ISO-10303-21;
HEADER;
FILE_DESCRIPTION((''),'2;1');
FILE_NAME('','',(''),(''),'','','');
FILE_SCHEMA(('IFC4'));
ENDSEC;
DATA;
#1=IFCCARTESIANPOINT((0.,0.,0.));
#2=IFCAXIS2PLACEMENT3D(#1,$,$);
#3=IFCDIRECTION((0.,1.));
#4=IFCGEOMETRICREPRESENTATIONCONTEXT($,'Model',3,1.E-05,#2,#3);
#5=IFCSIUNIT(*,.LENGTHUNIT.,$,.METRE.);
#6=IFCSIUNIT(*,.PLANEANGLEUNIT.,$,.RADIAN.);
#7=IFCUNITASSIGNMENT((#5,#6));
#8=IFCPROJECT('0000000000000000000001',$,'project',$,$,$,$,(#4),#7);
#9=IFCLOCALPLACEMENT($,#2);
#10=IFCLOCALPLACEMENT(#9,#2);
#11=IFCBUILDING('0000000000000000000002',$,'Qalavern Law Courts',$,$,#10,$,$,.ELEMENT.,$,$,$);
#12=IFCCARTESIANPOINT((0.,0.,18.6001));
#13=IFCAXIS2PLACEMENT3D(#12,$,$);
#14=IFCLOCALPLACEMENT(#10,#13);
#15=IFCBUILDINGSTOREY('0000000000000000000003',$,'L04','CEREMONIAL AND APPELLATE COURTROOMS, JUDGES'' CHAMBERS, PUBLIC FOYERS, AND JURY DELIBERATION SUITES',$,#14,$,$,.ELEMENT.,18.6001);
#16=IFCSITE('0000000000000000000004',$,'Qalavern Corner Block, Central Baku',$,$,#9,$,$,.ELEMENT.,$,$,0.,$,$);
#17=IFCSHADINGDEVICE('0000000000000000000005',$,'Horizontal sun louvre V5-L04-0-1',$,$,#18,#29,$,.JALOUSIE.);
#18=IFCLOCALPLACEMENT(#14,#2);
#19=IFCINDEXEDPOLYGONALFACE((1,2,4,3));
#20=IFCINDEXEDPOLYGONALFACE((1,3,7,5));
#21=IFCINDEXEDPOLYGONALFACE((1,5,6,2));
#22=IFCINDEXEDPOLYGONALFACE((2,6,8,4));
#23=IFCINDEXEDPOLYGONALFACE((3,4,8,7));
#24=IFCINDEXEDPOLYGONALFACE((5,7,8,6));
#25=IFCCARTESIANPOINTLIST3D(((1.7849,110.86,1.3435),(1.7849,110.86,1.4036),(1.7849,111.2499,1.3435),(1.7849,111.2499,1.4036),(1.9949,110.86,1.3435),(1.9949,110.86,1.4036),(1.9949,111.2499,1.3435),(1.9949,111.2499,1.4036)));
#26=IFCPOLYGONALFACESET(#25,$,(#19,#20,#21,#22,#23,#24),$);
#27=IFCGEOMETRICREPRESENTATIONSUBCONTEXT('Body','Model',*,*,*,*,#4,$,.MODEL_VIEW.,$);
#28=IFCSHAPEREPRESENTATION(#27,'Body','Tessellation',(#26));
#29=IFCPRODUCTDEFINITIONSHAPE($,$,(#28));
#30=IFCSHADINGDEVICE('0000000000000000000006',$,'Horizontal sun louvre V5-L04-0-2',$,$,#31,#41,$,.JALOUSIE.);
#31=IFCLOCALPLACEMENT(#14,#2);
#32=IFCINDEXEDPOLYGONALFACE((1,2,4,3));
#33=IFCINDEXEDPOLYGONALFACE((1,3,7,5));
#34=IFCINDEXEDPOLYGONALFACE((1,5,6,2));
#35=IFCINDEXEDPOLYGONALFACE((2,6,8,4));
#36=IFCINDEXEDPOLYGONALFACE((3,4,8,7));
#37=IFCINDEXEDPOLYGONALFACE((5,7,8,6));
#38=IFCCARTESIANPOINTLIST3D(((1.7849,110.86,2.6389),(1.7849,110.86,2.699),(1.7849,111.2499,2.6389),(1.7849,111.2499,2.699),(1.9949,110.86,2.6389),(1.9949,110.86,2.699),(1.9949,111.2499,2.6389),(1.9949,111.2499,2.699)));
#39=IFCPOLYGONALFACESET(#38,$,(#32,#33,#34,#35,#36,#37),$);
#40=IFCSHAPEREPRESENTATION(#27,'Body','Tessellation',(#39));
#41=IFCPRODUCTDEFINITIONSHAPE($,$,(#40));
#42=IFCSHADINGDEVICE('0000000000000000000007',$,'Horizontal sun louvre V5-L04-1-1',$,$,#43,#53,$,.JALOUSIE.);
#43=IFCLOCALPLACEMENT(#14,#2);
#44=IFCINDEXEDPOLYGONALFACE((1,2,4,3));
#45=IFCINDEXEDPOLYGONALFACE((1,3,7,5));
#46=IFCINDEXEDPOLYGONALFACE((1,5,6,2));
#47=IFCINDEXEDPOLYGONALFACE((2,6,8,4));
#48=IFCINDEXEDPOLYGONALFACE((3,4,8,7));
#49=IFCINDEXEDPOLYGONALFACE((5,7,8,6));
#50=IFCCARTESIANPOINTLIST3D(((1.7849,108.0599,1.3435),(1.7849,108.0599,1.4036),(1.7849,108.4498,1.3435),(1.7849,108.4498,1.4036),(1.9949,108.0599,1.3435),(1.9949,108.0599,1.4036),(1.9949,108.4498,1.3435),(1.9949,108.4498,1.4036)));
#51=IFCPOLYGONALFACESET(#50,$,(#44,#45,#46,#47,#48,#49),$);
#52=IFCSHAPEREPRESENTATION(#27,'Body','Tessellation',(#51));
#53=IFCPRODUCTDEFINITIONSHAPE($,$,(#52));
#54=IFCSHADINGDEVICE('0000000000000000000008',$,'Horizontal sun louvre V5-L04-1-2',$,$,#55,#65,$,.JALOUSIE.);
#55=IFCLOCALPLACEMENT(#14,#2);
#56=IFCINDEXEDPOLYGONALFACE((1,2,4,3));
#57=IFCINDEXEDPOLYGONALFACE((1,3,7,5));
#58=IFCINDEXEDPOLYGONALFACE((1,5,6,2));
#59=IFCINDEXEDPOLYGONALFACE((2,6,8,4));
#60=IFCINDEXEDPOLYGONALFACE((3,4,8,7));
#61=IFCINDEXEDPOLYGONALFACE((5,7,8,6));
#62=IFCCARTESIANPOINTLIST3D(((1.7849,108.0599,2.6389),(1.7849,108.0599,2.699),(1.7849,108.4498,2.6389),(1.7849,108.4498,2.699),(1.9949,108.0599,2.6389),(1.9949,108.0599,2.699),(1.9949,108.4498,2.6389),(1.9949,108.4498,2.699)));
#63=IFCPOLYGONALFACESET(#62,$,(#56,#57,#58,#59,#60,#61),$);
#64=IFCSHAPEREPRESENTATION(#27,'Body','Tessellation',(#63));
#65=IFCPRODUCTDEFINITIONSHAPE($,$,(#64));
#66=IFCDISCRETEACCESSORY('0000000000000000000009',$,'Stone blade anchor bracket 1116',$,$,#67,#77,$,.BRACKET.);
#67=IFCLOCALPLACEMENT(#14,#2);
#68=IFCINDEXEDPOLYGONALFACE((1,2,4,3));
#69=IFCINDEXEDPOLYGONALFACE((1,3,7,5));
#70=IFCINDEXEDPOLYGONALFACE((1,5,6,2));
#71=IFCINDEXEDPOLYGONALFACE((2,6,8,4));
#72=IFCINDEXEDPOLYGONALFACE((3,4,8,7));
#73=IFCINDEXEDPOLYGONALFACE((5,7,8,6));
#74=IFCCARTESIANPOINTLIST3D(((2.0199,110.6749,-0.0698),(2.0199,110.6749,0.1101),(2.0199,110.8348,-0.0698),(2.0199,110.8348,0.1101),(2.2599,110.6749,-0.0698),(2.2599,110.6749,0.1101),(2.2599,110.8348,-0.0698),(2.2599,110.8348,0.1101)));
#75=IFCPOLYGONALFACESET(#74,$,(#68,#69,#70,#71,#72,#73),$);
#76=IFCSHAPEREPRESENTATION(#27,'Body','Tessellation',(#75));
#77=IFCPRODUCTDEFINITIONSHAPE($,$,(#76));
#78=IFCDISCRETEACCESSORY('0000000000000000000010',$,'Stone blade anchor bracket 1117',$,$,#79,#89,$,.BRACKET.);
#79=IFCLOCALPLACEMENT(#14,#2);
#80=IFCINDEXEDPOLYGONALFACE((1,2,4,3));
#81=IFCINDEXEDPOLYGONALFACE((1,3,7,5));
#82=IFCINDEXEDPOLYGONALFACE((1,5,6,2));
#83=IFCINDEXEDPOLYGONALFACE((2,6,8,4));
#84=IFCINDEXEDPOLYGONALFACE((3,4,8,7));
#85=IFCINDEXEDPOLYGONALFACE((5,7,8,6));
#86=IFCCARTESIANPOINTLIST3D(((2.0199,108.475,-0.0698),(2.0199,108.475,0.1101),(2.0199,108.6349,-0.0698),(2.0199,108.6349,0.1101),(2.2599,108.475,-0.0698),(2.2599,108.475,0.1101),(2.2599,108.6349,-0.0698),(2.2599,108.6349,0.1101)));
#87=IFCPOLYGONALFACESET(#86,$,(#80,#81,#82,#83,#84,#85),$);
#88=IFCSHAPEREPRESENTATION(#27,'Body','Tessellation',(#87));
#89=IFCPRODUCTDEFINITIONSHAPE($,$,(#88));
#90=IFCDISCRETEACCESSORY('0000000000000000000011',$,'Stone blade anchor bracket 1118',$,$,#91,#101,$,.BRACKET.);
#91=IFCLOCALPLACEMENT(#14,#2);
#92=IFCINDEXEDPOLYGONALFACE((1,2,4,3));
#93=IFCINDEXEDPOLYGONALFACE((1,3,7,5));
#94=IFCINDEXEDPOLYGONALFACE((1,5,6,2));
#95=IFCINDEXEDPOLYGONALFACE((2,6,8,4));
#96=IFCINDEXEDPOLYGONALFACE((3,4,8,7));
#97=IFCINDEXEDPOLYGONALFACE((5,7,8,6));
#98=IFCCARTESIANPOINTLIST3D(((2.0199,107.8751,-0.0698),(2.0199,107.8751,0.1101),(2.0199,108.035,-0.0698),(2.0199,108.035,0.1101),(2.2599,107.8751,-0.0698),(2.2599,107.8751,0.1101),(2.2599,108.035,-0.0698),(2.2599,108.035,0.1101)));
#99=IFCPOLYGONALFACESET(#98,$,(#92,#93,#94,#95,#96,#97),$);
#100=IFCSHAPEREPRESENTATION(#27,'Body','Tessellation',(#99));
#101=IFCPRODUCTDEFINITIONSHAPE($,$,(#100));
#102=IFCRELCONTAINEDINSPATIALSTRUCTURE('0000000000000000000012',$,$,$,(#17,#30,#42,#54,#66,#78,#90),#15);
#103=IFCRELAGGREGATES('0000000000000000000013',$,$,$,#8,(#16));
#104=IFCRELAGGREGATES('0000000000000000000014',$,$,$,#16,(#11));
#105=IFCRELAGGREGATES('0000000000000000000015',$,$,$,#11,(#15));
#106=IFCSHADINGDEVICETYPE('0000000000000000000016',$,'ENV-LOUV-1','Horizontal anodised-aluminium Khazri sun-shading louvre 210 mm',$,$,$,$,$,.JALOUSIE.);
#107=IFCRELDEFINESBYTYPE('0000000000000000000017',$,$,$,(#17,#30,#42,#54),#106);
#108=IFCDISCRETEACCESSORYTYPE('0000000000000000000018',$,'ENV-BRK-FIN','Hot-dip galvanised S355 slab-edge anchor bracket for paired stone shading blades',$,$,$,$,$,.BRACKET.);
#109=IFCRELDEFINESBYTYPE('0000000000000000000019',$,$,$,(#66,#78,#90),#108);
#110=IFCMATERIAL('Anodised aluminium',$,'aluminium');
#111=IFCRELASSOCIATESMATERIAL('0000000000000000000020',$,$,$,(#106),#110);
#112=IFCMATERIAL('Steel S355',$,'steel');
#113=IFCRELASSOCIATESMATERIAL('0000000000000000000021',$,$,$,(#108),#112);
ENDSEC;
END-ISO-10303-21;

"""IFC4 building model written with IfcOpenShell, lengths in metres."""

from ifc_helpers import new_model, si_unit, direction, frame, origin, origin_2d, place, context, subcontext, project, spatial, rectangle, extrude, material, type_object, element, save


model = new_model("IFC4")

# Units and contexts
model_context = context("Model", 3, precision=1e-05, world=origin(), true_north=direction((0.0, 1.0)))
body_context = subcontext(model_context, "Body", "Model", "MODEL_VIEW")
ifc_project = project(units=[si_unit("LENGTHUNIT", "METRE"), si_unit("PLANEANGLEUNIT", "RADIAN")], contexts=[model_context])

# Site, building, storey
site_placement = place(None, origin())
site = spatial("IfcSite", under=ifc_project, at=site_placement, Name="Qalavern Corner Block, Central Baku", CompositionType="ELEMENT", RefElevation=0.0)
building_placement = place(site_placement, origin())
building = spatial("IfcBuilding", under=site, at=building_placement, Name="Qalavern Law Courts", CompositionType="ELEMENT")
storey_placement = place(building_placement, frame((0.0, 0.0, 18.6001)))
storey = spatial("IfcBuildingStorey", under=building, at=storey_placement, Name="L04", Description="CEREMONIAL AND APPELLATE COURTROOMS, JUDGES' CHAMBERS, PUBLIC FOYERS, AND JURY DELIBERATION SUITES", CompositionType="ELEMENT", Elevation=18.6001)

# Shared definitions
ifc_material_1 = material(Name="Anodised aluminium", Category="aluminium")

# Shared definitions
ifc_material_2 = material(Name="Steel S355", Category="steel")

# Shading devices
shading_device_type = type_object("IfcShadingDeviceType", Name="ENV-LOUV-1", Description="Horizontal anodised-aluminium Khazri sun-shading louvre 210 mm", PredefinedType="JALOUSIE", material=ifc_material_1)
for number, where, z_axis, x_axis, name in (
    (1, (1.8899, 111.0549, 1.3435), (0.0, 0.0, 1.0), (0.0, -1.0, 0.0), "Horizontal sun louvre V5-L04-0-1"),
    (2, (1.8899, 111.0549, 2.6389), (0.0, 0.0, 1.0), (0.0, -1.0, 0.0), "Horizontal sun louvre V5-L04-0-2"),
    (3, (1.8899, 108.2549, 1.3435), (0.0, 0.0, 1.0), (0.0, -1.0, 0.0), "Horizontal sun louvre V5-L04-1-1"),
    (4, (1.8899, 108.2549, 2.6389), (0.0, 0.0, 1.0), (0.0, -1.0, 0.0), "Horizontal sun louvre V5-L04-1-2"),
):
    element("IfcShadingDevice", number, at=place(storey_placement, frame(where, z_axis=z_axis, x_axis=x_axis)), inside=storey, type_object=shading_device_type, Name=name, PredefinedType="JALOUSIE", context=body_context, shape_type="SweptSolid", body=[
        extrude(rectangle(XDim=0.3899, YDim=0.21, at=origin_2d()), origin(), (0.0, 0.0, 1.0), 0.0601),
    ])

# Discrete accessories
discrete_accessory_type = type_object("IfcDiscreteAccessoryType", Name="ENV-BRK-FIN", Description="Hot-dip galvanised S355 slab-edge anchor bracket for paired stone shading blades", PredefinedType="BRACKET", material=ifc_material_2)
for number, where, z_axis, x_axis, name in (
    (5, (2.1399, 110.7549, -0.0698), (0.0, 0.0, 1.0), (-1.0, 0.0, 0.0), "Stone blade anchor bracket 1116"),
    (6, (2.1399, 108.5549, -0.0698), (0.0, 0.0, 1.0), (-1.0, 0.0, 0.0), "Stone blade anchor bracket 1117"),
    (7, (2.1399, 107.9551, -0.0698), (0.0, 0.0, 1.0), (-1.0, 0.0, 0.0), "Stone blade anchor bracket 1118"),
):
    element("IfcDiscreteAccessory", number, at=place(storey_placement, frame(where, z_axis=z_axis, x_axis=x_axis)), inside=storey, type_object=discrete_accessory_type, Name=name, PredefinedType="BRACKET", context=body_context, shape_type="SweptSolid", body=[
        extrude(rectangle(XDim=0.24, YDim=0.1599, at=origin_2d()), origin(), (0.0, 0.0, 1.0), 0.1799),
    ])

save(model, "model.ifc")
